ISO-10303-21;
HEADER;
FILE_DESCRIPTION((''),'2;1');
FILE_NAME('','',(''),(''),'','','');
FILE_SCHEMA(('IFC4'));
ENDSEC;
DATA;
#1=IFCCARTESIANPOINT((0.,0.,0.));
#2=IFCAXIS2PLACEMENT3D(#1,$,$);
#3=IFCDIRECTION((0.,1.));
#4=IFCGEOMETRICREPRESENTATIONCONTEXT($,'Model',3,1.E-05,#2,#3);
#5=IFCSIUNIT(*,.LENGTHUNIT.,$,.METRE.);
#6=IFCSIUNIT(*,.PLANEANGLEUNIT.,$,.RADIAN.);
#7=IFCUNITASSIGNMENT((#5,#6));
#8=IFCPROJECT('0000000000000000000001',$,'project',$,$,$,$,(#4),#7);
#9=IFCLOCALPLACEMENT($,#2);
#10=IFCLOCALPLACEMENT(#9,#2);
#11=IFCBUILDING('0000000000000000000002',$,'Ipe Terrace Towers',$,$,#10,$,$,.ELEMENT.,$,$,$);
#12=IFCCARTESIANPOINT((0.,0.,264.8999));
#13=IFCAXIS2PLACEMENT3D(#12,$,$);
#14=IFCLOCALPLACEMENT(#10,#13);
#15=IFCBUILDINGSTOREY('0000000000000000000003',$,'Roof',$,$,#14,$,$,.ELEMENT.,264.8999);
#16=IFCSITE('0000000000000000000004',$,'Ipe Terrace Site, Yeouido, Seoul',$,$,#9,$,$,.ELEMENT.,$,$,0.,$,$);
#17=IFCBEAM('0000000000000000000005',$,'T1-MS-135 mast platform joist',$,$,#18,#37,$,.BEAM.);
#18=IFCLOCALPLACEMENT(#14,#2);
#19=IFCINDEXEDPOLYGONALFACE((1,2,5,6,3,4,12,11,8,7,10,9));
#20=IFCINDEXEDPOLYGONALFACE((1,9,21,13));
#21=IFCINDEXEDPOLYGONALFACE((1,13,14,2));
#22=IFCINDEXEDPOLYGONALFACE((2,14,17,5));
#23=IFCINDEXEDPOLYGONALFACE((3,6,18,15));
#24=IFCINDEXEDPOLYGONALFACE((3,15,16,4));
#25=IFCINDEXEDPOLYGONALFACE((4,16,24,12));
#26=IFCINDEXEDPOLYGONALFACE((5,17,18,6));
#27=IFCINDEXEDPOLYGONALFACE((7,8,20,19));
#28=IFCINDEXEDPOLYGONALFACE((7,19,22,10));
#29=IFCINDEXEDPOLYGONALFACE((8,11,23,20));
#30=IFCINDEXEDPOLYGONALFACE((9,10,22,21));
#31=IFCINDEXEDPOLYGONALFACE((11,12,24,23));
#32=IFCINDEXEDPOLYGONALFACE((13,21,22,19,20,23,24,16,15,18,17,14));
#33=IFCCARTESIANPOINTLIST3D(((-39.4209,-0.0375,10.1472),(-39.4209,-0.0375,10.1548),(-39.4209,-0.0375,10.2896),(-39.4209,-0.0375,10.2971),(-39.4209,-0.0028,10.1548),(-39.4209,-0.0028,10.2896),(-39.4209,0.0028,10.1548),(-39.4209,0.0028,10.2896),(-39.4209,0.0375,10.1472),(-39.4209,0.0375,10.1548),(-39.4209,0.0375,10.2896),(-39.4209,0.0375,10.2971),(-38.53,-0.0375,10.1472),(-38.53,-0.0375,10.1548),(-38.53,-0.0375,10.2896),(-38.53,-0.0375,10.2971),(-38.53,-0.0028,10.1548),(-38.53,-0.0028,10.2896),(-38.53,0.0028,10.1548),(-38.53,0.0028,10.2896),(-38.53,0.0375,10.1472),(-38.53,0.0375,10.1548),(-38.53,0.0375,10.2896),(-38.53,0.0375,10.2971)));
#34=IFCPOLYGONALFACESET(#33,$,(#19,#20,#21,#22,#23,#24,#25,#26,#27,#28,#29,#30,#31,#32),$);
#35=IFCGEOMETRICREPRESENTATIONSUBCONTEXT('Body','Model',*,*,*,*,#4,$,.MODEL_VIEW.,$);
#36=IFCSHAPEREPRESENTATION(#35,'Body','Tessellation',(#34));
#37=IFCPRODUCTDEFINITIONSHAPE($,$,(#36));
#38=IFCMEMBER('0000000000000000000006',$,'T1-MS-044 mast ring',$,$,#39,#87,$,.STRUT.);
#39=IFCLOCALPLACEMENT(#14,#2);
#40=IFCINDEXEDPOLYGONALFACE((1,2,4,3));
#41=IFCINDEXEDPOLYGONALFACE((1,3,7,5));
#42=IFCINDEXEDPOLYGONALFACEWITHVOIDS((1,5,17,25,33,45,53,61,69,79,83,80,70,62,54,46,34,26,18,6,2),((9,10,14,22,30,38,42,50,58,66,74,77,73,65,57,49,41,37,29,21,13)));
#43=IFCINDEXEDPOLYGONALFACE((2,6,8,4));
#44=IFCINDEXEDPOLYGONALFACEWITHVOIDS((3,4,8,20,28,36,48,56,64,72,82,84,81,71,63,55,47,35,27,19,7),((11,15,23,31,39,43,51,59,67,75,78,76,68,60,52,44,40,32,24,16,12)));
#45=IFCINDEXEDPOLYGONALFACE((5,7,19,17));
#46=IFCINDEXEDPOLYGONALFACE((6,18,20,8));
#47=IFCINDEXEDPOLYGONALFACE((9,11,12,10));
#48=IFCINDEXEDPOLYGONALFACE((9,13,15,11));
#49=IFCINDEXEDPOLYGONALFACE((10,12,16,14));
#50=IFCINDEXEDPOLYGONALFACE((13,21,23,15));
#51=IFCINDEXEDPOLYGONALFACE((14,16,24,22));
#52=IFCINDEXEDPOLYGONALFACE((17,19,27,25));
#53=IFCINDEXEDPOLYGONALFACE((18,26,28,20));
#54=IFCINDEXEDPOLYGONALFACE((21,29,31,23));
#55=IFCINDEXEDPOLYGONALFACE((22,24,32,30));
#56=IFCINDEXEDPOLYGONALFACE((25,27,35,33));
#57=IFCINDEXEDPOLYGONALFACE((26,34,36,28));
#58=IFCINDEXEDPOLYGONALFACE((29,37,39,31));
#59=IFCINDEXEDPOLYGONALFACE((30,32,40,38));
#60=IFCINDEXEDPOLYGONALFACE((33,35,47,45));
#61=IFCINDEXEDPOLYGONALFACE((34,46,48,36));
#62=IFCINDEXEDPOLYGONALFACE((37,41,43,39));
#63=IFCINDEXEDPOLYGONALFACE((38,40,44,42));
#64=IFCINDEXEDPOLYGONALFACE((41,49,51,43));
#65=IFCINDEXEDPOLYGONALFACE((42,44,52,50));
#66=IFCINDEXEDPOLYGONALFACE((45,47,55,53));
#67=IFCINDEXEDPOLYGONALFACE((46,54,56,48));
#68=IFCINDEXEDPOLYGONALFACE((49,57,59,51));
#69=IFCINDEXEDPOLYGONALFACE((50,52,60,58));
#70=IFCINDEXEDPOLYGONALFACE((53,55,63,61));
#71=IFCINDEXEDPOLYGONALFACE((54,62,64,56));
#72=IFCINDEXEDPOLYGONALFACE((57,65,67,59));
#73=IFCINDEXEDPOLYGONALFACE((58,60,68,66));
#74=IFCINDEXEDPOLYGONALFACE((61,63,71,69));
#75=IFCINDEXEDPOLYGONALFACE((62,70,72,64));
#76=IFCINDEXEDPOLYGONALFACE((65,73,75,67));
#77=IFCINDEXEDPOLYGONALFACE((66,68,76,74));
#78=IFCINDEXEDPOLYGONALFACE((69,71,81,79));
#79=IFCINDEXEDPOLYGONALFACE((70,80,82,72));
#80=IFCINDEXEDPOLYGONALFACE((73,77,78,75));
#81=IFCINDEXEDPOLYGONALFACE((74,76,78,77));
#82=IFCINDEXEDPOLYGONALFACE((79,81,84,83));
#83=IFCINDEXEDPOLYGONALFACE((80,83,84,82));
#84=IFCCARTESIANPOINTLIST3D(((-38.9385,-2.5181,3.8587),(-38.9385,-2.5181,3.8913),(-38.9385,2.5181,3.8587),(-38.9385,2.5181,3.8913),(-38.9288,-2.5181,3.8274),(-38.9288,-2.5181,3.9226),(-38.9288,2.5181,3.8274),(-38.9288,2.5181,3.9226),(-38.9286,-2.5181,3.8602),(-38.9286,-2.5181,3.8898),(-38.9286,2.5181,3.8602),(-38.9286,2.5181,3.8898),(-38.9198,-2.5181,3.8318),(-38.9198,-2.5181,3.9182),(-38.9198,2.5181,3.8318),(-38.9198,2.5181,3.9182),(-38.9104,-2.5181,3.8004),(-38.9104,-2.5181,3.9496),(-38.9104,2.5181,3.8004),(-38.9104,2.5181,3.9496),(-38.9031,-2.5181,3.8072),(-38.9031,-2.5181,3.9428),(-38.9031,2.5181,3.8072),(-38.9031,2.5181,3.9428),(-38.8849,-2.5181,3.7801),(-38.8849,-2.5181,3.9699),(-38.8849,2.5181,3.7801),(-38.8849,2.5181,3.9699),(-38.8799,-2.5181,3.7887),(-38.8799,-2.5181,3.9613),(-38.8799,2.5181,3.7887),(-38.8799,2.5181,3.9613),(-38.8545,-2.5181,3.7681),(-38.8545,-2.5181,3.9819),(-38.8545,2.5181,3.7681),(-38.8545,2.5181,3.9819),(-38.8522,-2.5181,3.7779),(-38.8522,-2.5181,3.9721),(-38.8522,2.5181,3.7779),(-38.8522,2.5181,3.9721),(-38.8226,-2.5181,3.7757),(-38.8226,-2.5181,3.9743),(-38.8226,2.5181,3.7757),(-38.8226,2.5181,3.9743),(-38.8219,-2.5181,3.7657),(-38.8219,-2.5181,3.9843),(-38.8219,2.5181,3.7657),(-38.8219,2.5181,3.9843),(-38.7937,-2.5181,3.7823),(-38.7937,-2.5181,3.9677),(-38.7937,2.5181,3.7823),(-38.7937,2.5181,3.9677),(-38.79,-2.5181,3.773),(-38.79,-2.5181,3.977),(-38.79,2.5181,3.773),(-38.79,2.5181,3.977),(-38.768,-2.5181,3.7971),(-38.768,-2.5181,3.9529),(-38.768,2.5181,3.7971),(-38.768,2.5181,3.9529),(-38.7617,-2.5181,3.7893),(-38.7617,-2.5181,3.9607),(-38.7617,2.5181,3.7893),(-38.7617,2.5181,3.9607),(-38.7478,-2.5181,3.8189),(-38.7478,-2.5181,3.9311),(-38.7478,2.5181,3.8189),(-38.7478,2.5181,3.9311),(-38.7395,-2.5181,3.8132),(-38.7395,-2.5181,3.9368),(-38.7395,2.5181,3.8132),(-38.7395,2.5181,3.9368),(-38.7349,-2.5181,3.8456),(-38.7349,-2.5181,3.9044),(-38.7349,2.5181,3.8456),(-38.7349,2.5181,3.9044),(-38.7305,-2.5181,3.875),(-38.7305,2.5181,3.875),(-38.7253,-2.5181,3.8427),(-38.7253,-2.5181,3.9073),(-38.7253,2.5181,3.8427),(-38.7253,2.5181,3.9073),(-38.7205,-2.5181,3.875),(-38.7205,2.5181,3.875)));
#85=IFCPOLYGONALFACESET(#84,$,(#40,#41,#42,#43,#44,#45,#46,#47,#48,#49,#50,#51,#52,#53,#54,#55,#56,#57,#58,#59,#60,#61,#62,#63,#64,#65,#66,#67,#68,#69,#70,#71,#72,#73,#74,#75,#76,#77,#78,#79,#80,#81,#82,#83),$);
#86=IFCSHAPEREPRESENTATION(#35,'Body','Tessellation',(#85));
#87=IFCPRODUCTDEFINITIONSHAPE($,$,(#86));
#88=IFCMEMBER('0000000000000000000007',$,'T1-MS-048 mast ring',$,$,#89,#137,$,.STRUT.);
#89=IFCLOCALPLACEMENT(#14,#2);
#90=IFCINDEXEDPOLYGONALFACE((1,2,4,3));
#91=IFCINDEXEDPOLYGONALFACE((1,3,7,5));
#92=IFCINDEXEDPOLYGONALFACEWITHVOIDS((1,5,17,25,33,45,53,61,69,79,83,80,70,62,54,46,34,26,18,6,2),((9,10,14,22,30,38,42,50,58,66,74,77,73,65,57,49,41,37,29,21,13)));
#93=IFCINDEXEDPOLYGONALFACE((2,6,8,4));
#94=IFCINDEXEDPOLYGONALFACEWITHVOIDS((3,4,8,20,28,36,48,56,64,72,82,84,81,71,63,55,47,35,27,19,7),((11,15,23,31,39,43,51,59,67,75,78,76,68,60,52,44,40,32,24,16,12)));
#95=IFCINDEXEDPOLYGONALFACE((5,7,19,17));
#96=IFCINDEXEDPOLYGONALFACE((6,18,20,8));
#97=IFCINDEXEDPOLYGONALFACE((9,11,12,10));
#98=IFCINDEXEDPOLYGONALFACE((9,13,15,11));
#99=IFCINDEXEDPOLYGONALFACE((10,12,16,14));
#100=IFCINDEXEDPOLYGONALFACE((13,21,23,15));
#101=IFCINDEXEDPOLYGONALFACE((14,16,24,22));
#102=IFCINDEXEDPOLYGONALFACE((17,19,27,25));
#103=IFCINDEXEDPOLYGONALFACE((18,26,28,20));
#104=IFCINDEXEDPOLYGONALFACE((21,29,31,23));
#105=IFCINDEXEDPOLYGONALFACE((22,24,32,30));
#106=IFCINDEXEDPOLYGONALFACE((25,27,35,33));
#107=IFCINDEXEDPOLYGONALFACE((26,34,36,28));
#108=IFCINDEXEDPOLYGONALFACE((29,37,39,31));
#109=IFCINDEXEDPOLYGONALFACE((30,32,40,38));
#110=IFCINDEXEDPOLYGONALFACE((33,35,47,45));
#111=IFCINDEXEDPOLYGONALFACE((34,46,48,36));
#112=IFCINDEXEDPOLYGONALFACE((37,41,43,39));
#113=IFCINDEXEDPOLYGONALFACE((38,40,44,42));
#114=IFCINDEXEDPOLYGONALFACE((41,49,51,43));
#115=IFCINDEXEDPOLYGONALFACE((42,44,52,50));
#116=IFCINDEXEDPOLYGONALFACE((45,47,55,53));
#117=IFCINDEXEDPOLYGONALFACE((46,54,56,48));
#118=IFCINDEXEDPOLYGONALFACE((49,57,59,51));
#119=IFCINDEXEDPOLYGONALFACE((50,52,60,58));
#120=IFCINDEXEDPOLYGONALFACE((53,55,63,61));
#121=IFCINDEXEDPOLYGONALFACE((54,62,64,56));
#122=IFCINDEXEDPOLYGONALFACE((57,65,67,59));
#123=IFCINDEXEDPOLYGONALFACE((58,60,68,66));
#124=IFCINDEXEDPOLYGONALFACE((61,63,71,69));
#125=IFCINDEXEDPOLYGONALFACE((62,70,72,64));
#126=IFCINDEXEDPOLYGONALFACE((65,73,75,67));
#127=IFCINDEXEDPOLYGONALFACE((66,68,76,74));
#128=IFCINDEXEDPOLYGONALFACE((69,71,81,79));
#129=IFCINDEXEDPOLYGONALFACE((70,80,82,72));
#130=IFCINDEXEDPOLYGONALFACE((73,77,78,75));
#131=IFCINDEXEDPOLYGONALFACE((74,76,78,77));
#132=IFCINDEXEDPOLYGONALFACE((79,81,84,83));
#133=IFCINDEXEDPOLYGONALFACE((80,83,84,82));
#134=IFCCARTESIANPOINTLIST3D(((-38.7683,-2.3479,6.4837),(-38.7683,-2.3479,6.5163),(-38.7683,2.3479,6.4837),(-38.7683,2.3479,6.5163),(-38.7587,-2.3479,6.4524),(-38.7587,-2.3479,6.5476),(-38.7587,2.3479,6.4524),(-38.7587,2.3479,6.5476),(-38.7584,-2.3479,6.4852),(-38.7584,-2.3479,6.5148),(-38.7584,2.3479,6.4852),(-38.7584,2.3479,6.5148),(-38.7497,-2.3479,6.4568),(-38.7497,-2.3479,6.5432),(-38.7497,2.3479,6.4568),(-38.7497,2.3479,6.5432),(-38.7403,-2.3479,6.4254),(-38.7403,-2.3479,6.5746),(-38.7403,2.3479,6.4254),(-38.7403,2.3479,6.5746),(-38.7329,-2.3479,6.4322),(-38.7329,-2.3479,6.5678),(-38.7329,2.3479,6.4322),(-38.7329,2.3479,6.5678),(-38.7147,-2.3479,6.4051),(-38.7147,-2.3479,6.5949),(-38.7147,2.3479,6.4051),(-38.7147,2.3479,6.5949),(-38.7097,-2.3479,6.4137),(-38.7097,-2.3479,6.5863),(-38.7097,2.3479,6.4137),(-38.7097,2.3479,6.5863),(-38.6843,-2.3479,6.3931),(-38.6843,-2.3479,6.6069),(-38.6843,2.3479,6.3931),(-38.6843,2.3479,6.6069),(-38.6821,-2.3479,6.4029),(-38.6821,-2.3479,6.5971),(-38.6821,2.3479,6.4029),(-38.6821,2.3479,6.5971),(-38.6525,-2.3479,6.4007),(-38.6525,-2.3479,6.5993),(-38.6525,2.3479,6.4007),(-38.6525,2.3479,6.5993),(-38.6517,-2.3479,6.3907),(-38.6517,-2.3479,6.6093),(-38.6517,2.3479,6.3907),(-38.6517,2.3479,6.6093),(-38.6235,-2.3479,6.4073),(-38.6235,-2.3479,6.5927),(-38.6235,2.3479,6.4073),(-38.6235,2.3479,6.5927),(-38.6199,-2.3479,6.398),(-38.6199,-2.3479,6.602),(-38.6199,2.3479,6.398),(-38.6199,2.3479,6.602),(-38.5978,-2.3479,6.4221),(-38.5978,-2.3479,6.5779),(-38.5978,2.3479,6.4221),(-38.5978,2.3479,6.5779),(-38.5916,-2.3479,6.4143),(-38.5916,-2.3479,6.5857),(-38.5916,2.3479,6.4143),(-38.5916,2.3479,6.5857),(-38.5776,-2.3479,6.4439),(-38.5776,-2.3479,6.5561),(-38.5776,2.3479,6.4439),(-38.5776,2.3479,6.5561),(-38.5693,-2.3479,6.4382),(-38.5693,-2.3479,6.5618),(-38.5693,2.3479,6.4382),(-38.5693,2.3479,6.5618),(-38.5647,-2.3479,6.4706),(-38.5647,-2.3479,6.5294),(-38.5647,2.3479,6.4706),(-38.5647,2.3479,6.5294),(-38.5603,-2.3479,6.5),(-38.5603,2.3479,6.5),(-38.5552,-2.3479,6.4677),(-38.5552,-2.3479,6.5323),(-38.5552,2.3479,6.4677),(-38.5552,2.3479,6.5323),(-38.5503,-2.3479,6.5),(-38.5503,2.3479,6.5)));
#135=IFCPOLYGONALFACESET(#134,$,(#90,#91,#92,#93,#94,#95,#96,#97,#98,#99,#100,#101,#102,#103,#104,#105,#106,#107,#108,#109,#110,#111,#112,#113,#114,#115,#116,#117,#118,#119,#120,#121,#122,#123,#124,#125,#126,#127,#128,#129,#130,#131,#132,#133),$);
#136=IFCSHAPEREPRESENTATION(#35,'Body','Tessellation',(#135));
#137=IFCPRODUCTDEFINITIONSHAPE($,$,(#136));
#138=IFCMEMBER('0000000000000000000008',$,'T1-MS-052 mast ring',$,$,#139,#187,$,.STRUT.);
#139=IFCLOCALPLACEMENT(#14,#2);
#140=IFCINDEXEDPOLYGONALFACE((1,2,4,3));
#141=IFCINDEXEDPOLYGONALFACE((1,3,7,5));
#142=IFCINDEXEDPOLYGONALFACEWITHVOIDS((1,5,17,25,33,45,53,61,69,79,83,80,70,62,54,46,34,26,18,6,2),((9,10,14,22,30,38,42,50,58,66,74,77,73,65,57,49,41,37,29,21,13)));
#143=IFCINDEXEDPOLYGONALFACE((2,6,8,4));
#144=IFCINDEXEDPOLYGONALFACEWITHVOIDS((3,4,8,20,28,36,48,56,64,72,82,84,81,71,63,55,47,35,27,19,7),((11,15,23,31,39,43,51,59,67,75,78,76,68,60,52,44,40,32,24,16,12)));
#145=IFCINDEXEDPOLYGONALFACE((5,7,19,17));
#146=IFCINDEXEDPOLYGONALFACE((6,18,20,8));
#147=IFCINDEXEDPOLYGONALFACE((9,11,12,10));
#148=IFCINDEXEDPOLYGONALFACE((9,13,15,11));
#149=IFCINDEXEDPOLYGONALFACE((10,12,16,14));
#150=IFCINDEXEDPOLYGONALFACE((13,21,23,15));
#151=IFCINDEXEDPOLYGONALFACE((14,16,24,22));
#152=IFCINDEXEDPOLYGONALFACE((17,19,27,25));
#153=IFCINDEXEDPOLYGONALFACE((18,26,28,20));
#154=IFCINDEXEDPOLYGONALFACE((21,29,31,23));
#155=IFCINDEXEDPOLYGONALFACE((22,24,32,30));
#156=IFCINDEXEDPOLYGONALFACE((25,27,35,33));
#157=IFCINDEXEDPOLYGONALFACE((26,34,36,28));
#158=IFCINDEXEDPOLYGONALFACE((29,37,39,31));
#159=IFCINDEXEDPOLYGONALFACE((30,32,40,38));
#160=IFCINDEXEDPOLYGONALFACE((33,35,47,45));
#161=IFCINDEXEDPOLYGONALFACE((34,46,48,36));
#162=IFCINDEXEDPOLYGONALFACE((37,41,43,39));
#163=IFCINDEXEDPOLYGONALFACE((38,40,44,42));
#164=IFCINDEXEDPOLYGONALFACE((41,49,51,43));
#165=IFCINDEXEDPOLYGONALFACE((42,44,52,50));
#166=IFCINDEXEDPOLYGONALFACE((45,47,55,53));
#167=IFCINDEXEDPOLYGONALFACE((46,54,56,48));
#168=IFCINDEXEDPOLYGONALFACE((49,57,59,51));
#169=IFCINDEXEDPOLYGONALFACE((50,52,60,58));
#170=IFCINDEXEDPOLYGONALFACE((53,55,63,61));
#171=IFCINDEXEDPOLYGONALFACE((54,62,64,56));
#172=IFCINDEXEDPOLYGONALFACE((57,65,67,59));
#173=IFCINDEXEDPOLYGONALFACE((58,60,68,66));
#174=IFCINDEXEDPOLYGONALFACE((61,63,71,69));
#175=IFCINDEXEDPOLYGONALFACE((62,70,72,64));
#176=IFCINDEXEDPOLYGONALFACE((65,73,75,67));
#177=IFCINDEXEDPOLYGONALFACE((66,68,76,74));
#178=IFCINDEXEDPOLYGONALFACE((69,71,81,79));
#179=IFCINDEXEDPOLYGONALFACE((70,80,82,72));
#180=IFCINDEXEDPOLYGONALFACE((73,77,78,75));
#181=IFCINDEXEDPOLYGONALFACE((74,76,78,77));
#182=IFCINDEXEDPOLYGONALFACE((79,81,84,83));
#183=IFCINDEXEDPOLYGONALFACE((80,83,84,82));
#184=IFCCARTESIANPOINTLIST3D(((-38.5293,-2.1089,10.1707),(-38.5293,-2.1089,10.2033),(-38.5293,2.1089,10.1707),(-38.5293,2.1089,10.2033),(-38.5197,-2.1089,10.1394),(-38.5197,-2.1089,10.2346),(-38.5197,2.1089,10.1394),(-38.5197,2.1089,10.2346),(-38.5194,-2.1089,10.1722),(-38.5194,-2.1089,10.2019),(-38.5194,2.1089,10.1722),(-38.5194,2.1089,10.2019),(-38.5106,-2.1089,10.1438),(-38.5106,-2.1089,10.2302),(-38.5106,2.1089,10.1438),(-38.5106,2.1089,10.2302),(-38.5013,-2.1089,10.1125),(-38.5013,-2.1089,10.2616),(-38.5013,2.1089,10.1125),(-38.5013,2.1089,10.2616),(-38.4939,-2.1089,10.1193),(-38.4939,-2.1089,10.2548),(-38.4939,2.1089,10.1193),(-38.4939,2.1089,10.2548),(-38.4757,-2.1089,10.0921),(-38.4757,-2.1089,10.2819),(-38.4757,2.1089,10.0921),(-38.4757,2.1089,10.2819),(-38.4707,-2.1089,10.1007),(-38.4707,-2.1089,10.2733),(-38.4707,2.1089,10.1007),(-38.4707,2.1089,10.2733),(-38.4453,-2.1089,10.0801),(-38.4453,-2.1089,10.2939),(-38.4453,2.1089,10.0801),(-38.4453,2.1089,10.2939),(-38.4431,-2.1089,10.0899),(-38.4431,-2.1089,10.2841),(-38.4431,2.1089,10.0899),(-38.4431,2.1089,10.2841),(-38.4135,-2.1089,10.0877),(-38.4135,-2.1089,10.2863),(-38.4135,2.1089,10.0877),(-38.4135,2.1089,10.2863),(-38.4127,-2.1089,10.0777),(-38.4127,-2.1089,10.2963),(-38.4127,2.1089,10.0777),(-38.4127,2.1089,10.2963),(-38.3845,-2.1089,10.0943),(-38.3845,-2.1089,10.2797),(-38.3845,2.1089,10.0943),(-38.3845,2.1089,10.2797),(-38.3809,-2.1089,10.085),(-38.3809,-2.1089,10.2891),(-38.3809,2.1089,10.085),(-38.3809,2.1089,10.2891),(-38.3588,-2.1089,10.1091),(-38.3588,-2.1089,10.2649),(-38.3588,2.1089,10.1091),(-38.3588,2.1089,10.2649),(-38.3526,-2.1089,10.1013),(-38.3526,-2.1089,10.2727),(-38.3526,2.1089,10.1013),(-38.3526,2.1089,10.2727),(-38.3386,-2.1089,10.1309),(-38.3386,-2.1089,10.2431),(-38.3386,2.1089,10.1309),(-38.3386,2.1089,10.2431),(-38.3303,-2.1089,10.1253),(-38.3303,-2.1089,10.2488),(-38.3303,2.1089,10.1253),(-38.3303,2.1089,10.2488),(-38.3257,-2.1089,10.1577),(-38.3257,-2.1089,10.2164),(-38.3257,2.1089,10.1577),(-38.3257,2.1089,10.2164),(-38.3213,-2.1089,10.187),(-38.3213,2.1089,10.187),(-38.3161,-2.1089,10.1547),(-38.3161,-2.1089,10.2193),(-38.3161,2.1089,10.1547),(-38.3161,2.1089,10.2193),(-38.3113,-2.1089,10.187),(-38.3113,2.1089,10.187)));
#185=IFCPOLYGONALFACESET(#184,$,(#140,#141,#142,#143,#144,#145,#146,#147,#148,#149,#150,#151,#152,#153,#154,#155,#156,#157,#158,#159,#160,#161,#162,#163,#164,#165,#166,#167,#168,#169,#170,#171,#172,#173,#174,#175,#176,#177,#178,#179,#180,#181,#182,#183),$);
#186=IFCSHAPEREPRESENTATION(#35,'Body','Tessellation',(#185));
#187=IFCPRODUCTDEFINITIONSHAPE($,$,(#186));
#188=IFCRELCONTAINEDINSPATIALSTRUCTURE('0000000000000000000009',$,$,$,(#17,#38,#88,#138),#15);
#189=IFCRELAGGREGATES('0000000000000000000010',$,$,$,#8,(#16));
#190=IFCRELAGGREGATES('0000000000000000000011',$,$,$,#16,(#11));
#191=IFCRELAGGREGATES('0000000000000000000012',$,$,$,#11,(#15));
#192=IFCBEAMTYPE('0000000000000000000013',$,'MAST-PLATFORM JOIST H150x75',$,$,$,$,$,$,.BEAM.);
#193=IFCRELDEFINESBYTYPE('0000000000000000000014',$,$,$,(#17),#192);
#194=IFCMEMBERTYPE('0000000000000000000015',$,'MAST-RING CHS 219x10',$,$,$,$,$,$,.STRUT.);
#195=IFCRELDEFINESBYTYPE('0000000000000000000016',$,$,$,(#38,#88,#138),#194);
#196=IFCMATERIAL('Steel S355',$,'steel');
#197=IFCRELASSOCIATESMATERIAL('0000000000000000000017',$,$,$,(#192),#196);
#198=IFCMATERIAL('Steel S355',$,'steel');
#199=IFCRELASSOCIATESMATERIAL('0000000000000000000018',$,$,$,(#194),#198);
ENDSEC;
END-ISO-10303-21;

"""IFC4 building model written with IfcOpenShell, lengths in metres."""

from ifc_helpers import new_model, si_unit, direction, frame, origin, origin_2d, place, context, subcontext, project, spatial, hollow_circle, i_section, extrude, material, material_profile, profile_set, type_object, element, save


model = new_model("IFC4")

# Units and contexts
model_context = context("Model", 3, precision=1e-05, world=origin(), true_north=direction((0.0, 1.0)))
body_context = subcontext(model_context, "Body", "Model", "MODEL_VIEW")
ifc_project = project(units=[si_unit("LENGTHUNIT", "METRE"), si_unit("PLANEANGLEUNIT", "RADIAN")], contexts=[model_context])

# Site, building, storey
site_placement = place(None, origin())
site = spatial("IfcSite", under=ifc_project, at=site_placement, Name="Ipe Terrace Site, Yeouido, Seoul", CompositionType="ELEMENT", RefElevation=0.0)
building_placement = place(site_placement, origin())
building = spatial("IfcBuilding", under=site, at=building_placement, Name="Ipe Terrace Towers", CompositionType="ELEMENT")
storey_placement = place(building_placement, frame((0.0, 0.0, 264.8999)))
storey = spatial("IfcBuildingStorey", under=building, at=storey_placement, Name="Roof", CompositionType="ELEMENT", Elevation=264.8999)

# Beam
ifc_material_1 = material(Name="Steel S355", Category="steel")
ifc_material_profile_1 = material_profile(ifc_material_1, i_section(OverallWidth=0.075, OverallDepth=0.1499, WebThickness=0.0056, FlangeThickness=0.0076, at=origin_2d()), Name="H150x75")
ifc_profile_set_1 = profile_set([ifc_material_profile_1], Name="Steel S355")
beam_type_1 = type_object("IfcBeamType", Name="MAST-PLATFORM JOIST H150x75", PredefinedType="BEAM", material=ifc_profile_set_1)
for number, where, z_axis, x_axis, name in (
    (1, (-38.53, 0.0, 10.2222), (-1.0, 0.0, 0.0), (0.0, -1.0, 0.0), "T1-MS-135 mast platform joist"),
):
    element("IfcBeam", number, at=place(storey_placement, frame(where, z_axis=z_axis, x_axis=x_axis)), inside=storey, type_object=beam_type_1, Name=name, PredefinedType="BEAM", context=body_context, shape_type="SweptSolid", body=[
        extrude(i_section(OverallWidth=0.075, OverallDepth=0.1499, WebThickness=0.0056, FlangeThickness=0.0076, at=origin_2d()), origin(), (0.0, 0.0, 1.0), 0.8909),
    ])

# Members
ifc_material_2 = material(Name="Steel S355", Category="steel")
ifc_material_profile_2 = material_profile(ifc_material_2, hollow_circle(Radius=0.1096, WallThickness=0.01, at=origin_2d()), Name="MAST-RING CHS 219x10")
ifc_profile_set_2 = profile_set([ifc_material_profile_2], Name="Steel S355")
member_type_1 = type_object("IfcMemberType", Name="MAST-RING CHS 219x10", PredefinedType="STRUT", material=ifc_profile_set_2)
member_1_placement = place(storey_placement, frame((-38.8301, 2.5181, 3.875), z_axis=(0.0, -1.0, 0.0), x_axis=(1.0, 0.0, 0.0)))
element("IfcMember", 2, at=member_1_placement, inside=storey, type_object=member_type_1, Name="T1-MS-044 mast ring", PredefinedType="STRUT", context=body_context, shape_type="SweptSolid", body=[
    extrude(hollow_circle(Radius=0.1096, WallThickness=0.01, at=origin_2d()), origin(), (0.0, 0.0, 1.0), 5.0361),
])
member_2_placement = place(storey_placement, frame((-38.6599, 2.3479, 6.5), z_axis=(0.0, -1.0, 0.0), x_axis=(1.0, 0.0, 0.0)))
element("IfcMember", 3, at=member_2_placement, inside=storey, type_object=member_type_1, Name="T1-MS-048 mast ring", PredefinedType="STRUT", context=body_context, shape_type="SweptSolid", body=[
    extrude(hollow_circle(Radius=0.1096, WallThickness=0.01, at=origin_2d()), origin(), (0.0, 0.0, 1.0), 4.6958),
])
member_3_placement = place(storey_placement, frame((-38.4209, 2.1089, 10.187), z_axis=(0.0, -1.0, 0.0), x_axis=(1.0, 0.0, 0.0)))
element("IfcMember", 4, at=member_3_placement, inside=storey, type_object=member_type_1, Name="T1-MS-052 mast ring", PredefinedType="STRUT", context=body_context, shape_type="SweptSolid", body=[
    extrude(hollow_circle(Radius=0.1096, WallThickness=0.01, at=origin_2d()), origin(), (0.0, 0.0, 1.0), 4.2178),
])

save(model, "model.ifc")
